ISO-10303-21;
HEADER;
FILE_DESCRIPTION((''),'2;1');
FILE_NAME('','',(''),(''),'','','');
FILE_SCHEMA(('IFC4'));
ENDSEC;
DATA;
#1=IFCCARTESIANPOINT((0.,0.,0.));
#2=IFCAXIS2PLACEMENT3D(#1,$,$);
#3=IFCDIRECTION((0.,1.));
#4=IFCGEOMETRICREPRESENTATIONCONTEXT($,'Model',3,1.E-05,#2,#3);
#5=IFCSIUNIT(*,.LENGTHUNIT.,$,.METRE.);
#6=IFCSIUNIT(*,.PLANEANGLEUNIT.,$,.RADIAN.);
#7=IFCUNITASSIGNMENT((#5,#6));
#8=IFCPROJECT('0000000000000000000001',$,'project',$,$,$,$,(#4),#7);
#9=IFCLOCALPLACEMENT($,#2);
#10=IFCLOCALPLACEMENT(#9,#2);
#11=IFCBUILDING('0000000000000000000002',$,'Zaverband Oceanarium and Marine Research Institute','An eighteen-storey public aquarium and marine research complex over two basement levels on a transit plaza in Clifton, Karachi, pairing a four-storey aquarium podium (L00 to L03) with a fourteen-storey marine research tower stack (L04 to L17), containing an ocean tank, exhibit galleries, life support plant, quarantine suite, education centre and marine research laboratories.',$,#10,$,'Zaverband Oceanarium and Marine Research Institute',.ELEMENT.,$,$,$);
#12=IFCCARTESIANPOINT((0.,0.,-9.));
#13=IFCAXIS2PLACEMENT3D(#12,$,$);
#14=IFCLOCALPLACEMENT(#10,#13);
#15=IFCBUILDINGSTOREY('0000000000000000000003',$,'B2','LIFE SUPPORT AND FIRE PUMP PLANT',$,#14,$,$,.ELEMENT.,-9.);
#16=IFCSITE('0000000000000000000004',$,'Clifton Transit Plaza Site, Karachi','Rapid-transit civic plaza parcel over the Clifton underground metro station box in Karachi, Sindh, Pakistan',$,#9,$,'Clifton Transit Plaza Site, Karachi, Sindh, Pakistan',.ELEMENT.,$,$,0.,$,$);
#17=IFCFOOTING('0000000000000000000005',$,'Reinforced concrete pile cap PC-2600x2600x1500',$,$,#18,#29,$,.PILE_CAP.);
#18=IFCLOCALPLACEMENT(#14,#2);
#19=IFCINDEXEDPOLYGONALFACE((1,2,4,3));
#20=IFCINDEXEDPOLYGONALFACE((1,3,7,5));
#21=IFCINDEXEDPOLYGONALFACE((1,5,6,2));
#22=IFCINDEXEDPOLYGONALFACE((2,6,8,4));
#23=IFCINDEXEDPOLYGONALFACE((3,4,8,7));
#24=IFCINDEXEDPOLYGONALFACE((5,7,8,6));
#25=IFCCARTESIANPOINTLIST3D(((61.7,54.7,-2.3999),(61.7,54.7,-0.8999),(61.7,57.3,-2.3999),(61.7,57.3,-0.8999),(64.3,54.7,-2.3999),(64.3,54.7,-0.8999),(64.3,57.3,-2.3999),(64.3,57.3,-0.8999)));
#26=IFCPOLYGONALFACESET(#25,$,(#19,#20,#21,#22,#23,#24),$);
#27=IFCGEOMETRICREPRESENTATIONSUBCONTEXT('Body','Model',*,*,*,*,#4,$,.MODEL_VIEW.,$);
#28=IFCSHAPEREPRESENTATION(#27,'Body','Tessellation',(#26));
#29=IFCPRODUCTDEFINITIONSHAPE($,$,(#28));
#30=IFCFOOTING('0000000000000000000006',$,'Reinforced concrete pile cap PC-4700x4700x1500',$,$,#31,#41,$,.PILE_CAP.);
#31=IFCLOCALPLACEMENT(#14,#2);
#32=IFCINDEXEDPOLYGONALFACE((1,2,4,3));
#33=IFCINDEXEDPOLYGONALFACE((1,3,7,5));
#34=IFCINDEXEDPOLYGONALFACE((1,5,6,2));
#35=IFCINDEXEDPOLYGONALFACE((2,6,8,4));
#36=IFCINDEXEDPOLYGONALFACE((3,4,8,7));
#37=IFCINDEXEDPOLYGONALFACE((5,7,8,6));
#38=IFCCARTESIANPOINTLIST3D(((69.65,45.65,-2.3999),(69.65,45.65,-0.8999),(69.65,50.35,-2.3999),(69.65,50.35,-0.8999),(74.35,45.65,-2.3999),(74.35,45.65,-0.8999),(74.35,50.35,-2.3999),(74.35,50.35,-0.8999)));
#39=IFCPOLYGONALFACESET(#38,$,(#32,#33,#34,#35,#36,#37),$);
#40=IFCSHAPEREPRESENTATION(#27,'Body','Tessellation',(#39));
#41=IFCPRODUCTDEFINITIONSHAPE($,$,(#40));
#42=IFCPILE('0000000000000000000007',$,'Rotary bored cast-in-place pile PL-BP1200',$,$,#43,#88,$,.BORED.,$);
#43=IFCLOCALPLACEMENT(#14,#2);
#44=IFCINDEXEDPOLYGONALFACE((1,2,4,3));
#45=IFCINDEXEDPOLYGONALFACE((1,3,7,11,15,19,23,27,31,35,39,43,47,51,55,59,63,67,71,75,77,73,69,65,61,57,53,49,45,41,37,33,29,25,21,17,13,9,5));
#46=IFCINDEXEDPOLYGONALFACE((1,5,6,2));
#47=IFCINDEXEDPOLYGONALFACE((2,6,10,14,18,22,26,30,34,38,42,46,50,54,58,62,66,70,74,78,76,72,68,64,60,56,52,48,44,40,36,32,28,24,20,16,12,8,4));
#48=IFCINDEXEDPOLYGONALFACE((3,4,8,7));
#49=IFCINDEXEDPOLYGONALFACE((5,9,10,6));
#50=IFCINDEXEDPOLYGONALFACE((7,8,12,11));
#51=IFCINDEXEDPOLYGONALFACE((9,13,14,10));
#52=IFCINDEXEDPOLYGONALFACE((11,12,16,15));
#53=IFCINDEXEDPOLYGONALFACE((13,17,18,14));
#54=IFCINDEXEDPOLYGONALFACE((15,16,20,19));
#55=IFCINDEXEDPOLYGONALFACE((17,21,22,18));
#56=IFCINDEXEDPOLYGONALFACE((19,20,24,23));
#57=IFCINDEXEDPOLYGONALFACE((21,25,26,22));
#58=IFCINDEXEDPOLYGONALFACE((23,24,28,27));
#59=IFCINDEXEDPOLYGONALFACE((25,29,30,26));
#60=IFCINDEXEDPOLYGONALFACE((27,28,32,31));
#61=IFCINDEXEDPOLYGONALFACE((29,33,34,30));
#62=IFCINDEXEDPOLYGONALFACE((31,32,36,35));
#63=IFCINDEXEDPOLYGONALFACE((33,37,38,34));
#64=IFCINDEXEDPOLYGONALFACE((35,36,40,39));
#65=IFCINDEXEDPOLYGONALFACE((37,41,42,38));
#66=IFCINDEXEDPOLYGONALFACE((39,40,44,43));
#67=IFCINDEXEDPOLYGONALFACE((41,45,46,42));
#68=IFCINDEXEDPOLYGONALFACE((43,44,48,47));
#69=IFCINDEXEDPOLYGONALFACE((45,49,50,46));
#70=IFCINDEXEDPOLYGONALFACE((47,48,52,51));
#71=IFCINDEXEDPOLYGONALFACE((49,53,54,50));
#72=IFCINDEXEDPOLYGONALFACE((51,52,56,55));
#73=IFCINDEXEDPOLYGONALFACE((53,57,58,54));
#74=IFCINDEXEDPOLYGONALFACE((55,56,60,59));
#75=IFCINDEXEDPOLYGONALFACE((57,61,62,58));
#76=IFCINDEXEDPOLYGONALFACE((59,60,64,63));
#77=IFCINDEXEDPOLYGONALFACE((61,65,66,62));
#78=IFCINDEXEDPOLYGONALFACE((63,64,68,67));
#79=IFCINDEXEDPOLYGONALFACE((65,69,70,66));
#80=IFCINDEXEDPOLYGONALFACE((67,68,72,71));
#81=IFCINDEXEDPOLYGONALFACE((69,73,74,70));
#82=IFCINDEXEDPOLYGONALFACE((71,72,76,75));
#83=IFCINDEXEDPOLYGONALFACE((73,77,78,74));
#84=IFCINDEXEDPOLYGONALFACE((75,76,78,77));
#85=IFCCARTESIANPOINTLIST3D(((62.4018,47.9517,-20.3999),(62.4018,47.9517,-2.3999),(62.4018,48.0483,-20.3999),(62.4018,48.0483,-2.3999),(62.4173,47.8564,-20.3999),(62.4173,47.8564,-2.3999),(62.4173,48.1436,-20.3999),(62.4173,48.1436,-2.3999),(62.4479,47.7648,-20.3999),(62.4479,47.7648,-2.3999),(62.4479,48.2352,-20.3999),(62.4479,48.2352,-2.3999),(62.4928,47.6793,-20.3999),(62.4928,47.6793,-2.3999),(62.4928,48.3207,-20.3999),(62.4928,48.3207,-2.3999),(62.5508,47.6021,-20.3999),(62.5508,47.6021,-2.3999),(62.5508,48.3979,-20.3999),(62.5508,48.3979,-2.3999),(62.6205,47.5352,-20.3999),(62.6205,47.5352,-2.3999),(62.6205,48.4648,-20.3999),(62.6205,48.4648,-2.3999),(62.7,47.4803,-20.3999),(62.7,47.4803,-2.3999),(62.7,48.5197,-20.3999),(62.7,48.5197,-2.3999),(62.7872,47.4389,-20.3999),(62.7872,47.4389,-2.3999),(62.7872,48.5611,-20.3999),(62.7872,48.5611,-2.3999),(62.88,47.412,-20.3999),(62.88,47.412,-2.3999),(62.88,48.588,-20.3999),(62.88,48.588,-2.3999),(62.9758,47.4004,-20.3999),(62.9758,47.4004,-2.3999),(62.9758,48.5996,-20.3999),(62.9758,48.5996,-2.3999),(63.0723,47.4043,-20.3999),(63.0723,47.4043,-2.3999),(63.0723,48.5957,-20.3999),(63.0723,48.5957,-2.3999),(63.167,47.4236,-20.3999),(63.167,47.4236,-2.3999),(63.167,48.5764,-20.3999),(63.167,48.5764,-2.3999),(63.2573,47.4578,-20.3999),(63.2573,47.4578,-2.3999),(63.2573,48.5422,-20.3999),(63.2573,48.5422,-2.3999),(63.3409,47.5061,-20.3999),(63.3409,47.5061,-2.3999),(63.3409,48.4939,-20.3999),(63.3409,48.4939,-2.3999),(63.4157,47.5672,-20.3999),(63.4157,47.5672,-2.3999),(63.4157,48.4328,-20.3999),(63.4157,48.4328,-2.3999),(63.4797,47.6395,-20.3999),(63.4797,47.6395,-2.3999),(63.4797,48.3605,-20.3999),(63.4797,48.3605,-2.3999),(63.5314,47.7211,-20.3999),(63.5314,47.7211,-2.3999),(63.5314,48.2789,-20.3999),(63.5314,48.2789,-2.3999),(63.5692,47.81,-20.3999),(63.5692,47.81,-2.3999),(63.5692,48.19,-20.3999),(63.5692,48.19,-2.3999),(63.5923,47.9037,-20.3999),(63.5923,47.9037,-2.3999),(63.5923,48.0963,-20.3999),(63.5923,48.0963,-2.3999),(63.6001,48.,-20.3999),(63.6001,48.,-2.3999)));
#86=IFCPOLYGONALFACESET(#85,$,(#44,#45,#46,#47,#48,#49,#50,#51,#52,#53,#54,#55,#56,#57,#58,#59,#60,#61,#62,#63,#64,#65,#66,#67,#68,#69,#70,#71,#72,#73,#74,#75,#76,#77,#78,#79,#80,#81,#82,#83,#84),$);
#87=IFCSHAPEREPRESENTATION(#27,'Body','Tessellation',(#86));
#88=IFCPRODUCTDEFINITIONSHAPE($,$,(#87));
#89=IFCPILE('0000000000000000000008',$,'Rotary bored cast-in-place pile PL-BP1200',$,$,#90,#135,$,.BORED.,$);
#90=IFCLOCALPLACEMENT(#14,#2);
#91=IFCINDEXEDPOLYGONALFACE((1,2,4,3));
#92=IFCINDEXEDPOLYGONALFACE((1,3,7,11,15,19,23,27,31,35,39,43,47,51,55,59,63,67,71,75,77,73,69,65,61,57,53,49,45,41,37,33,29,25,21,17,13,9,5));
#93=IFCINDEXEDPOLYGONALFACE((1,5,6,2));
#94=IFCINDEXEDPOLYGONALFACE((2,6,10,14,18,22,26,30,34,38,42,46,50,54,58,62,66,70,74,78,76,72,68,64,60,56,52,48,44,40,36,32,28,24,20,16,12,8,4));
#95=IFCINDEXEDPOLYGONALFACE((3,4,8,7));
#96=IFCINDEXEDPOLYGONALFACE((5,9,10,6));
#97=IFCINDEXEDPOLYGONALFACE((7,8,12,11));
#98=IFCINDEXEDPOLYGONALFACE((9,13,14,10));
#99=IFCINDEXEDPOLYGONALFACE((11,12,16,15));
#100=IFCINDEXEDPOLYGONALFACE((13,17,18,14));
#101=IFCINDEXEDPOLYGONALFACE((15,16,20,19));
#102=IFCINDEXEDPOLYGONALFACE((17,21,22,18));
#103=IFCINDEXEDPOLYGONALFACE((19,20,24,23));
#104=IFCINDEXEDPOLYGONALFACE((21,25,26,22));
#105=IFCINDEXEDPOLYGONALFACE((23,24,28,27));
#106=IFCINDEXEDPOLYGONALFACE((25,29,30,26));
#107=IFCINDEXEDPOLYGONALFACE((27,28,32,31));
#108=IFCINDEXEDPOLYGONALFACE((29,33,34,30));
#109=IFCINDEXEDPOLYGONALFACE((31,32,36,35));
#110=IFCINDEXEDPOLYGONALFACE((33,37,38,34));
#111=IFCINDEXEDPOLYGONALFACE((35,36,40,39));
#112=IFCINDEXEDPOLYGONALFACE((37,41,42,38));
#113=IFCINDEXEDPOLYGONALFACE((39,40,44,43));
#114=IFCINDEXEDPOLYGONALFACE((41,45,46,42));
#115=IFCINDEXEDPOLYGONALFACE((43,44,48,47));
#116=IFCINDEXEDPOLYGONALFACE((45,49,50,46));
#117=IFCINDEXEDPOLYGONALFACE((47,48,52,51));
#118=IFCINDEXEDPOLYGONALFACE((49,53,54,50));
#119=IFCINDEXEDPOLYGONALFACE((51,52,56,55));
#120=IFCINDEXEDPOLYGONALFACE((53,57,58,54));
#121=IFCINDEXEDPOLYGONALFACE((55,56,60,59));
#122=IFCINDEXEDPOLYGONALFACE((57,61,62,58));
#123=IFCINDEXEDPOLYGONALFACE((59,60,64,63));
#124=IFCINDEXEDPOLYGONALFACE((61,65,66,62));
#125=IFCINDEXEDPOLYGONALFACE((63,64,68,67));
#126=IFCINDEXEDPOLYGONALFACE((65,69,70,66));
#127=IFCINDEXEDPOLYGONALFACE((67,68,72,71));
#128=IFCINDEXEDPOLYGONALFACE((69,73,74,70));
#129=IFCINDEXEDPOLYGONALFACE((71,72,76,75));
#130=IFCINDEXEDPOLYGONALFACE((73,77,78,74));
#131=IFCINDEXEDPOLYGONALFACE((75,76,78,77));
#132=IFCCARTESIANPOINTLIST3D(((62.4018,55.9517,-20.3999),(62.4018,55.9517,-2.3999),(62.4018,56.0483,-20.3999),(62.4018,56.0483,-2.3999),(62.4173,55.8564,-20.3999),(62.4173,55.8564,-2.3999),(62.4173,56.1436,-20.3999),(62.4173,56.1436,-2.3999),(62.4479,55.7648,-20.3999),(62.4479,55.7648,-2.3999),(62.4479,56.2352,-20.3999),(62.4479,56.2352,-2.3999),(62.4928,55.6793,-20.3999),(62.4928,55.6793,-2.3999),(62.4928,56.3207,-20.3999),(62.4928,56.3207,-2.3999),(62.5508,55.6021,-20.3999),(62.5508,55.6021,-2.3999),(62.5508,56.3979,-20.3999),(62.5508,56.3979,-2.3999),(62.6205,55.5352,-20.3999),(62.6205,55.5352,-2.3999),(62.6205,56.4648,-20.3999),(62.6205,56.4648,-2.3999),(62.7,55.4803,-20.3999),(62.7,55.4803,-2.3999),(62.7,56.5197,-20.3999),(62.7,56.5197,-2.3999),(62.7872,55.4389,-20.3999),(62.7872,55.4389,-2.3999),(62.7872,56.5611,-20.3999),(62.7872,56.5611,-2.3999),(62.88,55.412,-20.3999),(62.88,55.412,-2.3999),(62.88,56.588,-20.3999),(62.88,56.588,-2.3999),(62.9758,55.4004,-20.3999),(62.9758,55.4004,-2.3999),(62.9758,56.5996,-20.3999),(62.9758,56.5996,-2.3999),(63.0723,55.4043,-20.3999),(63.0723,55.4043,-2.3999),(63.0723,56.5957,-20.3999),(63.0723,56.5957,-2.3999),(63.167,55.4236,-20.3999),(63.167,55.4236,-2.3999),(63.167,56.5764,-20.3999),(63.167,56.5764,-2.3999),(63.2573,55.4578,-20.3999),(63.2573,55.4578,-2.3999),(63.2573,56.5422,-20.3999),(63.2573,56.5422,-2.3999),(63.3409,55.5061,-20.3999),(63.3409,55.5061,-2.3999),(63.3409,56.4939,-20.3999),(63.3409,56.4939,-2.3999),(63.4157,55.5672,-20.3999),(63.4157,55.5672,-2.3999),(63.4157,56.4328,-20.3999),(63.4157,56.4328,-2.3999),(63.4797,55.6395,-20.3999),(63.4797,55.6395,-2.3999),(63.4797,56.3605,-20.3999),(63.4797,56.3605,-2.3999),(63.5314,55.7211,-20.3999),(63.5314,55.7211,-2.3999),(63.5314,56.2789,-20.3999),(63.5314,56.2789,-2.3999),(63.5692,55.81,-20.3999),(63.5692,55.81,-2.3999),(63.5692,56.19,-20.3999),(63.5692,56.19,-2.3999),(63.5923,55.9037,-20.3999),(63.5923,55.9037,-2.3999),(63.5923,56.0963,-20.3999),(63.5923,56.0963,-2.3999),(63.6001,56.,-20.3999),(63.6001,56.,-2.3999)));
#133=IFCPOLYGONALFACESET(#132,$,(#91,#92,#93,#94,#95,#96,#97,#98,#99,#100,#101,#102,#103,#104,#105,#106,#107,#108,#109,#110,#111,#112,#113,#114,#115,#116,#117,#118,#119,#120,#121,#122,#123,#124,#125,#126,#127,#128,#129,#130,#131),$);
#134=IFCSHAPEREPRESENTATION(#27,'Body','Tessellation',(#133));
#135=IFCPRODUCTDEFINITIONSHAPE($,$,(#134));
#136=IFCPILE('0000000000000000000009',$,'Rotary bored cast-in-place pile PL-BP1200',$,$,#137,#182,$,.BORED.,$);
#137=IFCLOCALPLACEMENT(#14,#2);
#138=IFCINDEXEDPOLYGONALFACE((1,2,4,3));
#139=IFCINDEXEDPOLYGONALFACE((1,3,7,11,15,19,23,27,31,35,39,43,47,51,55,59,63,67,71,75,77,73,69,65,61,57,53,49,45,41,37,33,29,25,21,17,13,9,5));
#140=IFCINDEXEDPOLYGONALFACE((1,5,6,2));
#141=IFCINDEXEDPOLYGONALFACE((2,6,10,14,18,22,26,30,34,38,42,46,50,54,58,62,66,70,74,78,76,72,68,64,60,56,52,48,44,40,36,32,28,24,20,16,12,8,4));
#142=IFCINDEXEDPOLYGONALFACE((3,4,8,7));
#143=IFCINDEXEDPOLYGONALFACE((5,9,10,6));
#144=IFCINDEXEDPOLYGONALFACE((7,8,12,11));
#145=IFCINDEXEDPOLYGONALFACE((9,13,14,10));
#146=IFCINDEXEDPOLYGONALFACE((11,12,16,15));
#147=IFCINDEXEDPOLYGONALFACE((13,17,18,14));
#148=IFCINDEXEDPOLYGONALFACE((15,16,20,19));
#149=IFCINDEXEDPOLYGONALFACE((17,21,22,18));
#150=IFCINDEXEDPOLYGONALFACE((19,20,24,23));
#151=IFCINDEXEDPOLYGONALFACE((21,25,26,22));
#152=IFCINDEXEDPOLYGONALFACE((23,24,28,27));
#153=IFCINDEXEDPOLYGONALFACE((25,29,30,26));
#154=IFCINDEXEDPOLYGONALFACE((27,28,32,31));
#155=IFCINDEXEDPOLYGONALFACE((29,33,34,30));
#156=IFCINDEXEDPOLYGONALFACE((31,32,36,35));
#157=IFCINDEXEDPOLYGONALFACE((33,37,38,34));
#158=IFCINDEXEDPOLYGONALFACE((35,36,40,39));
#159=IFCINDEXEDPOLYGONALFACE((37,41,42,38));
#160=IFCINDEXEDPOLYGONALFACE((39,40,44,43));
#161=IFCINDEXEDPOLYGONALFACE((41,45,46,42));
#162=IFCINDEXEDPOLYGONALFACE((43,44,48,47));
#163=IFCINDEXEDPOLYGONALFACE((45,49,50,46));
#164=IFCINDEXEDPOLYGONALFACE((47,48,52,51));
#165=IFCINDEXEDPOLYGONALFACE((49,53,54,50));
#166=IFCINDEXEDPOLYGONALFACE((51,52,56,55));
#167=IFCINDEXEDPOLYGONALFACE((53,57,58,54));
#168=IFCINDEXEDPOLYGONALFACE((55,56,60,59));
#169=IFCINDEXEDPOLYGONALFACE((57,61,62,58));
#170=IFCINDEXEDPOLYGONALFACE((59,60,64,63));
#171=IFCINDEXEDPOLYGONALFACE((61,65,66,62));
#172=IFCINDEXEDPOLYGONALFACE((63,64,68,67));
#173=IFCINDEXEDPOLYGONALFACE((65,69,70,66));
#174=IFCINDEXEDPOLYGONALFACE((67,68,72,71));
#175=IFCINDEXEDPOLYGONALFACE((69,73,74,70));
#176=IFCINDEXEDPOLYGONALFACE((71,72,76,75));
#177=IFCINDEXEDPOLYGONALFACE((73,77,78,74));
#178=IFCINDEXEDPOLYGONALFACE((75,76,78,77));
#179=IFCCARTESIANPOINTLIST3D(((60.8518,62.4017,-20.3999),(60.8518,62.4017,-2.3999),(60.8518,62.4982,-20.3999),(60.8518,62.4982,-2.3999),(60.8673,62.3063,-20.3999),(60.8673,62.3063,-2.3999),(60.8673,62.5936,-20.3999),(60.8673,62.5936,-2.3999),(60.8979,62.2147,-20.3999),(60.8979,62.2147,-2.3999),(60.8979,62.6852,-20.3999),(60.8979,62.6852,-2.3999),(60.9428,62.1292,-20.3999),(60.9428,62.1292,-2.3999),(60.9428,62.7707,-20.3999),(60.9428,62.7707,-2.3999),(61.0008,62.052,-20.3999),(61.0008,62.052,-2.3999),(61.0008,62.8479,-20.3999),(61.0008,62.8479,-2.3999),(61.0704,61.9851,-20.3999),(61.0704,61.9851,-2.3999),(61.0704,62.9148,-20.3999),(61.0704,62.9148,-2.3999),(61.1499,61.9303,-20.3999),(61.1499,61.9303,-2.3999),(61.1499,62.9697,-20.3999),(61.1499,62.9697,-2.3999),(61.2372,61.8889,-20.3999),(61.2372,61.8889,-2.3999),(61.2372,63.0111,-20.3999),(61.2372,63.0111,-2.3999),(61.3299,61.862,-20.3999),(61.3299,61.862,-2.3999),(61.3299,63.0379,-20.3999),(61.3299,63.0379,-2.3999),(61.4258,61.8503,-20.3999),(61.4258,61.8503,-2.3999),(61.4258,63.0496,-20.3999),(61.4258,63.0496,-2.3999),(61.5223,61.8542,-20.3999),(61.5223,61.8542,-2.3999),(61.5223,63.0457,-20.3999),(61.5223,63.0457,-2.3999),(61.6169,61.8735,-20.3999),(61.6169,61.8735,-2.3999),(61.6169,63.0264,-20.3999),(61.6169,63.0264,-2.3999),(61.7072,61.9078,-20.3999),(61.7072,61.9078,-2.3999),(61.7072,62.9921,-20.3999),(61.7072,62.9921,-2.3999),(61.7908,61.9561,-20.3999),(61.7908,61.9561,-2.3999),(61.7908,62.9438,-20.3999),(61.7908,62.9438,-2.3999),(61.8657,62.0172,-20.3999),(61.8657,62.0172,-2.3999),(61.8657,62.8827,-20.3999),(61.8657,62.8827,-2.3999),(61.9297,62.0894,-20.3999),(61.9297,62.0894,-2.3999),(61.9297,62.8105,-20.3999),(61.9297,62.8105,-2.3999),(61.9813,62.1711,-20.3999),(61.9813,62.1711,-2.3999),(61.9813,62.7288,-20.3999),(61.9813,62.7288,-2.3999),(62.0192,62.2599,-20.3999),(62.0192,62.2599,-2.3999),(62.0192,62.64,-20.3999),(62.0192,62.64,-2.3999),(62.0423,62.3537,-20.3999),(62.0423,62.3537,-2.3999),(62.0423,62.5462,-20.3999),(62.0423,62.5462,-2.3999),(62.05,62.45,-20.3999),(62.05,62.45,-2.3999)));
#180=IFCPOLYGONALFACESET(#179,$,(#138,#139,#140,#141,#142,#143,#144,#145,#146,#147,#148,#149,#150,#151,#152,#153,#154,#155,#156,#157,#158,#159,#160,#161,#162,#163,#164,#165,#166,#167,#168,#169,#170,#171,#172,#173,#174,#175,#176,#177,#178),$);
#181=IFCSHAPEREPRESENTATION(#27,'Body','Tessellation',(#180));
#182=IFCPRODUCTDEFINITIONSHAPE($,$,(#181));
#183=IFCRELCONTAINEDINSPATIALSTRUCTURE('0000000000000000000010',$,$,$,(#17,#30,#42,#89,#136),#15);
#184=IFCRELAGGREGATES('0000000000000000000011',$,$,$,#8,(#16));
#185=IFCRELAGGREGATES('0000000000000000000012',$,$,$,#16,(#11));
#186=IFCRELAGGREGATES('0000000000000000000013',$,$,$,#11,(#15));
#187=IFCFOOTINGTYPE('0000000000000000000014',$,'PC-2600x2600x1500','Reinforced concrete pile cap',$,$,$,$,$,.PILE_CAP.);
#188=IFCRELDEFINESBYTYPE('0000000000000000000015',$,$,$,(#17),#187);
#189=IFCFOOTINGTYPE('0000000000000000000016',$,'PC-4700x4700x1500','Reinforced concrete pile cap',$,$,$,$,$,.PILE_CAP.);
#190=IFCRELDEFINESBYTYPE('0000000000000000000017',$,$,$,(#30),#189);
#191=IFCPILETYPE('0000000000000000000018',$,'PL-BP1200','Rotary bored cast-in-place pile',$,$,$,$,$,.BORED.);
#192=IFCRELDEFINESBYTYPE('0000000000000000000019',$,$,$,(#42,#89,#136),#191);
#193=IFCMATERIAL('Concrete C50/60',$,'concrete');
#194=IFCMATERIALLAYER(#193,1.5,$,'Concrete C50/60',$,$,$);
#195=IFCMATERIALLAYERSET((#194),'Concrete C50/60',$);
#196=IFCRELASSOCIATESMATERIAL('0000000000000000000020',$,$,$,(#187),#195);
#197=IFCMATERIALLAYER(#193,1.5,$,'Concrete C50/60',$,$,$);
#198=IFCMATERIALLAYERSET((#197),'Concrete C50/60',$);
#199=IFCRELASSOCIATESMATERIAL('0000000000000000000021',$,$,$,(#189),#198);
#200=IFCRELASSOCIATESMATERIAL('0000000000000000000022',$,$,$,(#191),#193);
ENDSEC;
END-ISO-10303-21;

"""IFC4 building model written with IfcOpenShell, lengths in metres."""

from ifc_helpers import new_model, si_unit, direction, frame, origin, origin_2d, place, context, subcontext, project, spatial, rectangle, circle, extrude, material, layer, layer_set, material_profile, profile_set, type_object, element, save


model = new_model("IFC4")

# Units and contexts
model_context = context("Model", 3, precision=1e-05, world=origin(), true_north=direction((0.0, 1.0)))
body_context = subcontext(model_context, "Body", "Model", "MODEL_VIEW")
ifc_project = project(units=[si_unit("LENGTHUNIT", "METRE"), si_unit("PLANEANGLEUNIT", "RADIAN")], contexts=[model_context])

# Site, building, storey
site_placement = place(None, origin())
site = spatial("IfcSite", under=ifc_project, at=site_placement, Name="Clifton Transit Plaza Site, Karachi", Description="Rapid-transit civic plaza parcel over the Clifton underground metro station box in Karachi, Sindh, Pakistan", LongName="Clifton Transit Plaza Site, Karachi, Sindh, Pakistan", CompositionType="ELEMENT", RefElevation=0.0)
building_placement = place(site_placement, origin())
building = spatial("IfcBuilding", under=site, at=building_placement, Name="Zaverband Oceanarium and Marine Research Institute", Description="An eighteen-storey public aquarium and marine research complex over two basement levels on a transit plaza in Clifton, Karachi, pairing a four-storey aquarium podium (L00 to L03) with a fourteen-storey marine research tower stack (L04 to L17), containing an ocean tank, exhibit galleries, life support plant, quarantine suite, education centre and marine research laboratories.", LongName="Zaverband Oceanarium and Marine Research Institute", CompositionType="ELEMENT")
storey_placement = place(building_placement, frame((0.0, 0.0, -9.0)))
storey = spatial("IfcBuildingStorey", under=building, at=storey_placement, Name="B2", Description="LIFE SUPPORT AND FIRE PUMP PLANT", CompositionType="ELEMENT", Elevation=-9.0)

# Footings
ifc_material_1 = material(Name="Concrete C50/60", Category="concrete")
ifc_layer_1 = layer(ifc_material_1, 1.5, Name="Concrete C50/60")
ifc_layer_set_1 = layer_set([ifc_layer_1], Name="Concrete C50/60")
footing_type_1 = type_object("IfcFootingType", Name="PC-2600x2600x1500", Description="Reinforced concrete pile cap", PredefinedType="PILE_CAP", material=ifc_layer_set_1)
footing_1_placement = place(storey_placement, frame((63.0, 56.0, -2.3999), z_axis=(0.0, 0.0, 1.0), x_axis=(1.0, 0.0, 0.0)))
element("IfcFooting", 1, at=footing_1_placement, inside=storey, type_object=footing_type_1, Name="Reinforced concrete pile cap PC-2600x2600x1500", PredefinedType="PILE_CAP", context=body_context, shape_type="SweptSolid", body=[
    extrude(rectangle(XDim=2.6001, YDim=2.6001, at=origin_2d()), origin(), (0.0, 0.0, 1.0), 1.5),
])
ifc_layer_2 = layer(ifc_material_1, 1.5, Name="Concrete C50/60")
ifc_layer_set_2 = layer_set([ifc_layer_2], Name="Concrete C50/60")
footing_type_2 = type_object("IfcFootingType", Name="PC-4700x4700x1500", Description="Reinforced concrete pile cap", PredefinedType="PILE_CAP", material=ifc_layer_set_2)
footing_2_placement = place(storey_placement, frame((72.0, 48.0, -2.3999), z_axis=(0.0, 0.0, 1.0), x_axis=(1.0, 0.0, 0.0)))
element("IfcFooting", 2, at=footing_2_placement, inside=storey, type_object=footing_type_2, Name="Reinforced concrete pile cap PC-4700x4700x1500", PredefinedType="PILE_CAP", context=body_context, shape_type="SweptSolid", body=[
    extrude(rectangle(XDim=4.7, YDim=4.7, at=origin_2d()), origin(), (0.0, 0.0, 1.0), 1.5),
])

# Piles
ifc_material_profile_1 = material_profile(ifc_material_1, circle(Radius=0.6001, at=origin_2d()), Name="BP1200")
ifc_profile_set_1 = profile_set([ifc_material_profile_1], Name="Concrete C50/60")
pile_type = type_object("IfcPileType", Name="PL-BP1200", Description="Rotary bored cast-in-place pile", PredefinedType="BORED", material=ifc_profile_set_1)
for number, where, z_axis, x_axis, name in (
    (3, (63.0, 48.0, -2.3999), (0.0, 0.0, -1.0), (1.0, 0.0, 0.0), "Rotary bored cast-in-place pile PL-BP1200"),
    (4, (63.0, 56.0, -2.3999), (0.0, 0.0, -1.0), (1.0, 0.0, 0.0), "Rotary bored cast-in-place pile PL-BP1200"),
    (5, (61.45, 62.45, -2.3999), (0.0, 0.0, -1.0), (1.0, 0.0, 0.0), "Rotary bored cast-in-place pile PL-BP1200"),
):
    element("IfcPile", number, at=place(storey_placement, frame(where, z_axis=z_axis, x_axis=x_axis)), inside=storey, type_object=pile_type, Name=name, PredefinedType="BORED", context=body_context, shape_type="SweptSolid", body=[
        extrude(circle(Radius=0.6001, at=origin_2d()), origin(), (0.0, 0.0, 1.0), 18.0),
    ])

save(model, "model.ifc")
